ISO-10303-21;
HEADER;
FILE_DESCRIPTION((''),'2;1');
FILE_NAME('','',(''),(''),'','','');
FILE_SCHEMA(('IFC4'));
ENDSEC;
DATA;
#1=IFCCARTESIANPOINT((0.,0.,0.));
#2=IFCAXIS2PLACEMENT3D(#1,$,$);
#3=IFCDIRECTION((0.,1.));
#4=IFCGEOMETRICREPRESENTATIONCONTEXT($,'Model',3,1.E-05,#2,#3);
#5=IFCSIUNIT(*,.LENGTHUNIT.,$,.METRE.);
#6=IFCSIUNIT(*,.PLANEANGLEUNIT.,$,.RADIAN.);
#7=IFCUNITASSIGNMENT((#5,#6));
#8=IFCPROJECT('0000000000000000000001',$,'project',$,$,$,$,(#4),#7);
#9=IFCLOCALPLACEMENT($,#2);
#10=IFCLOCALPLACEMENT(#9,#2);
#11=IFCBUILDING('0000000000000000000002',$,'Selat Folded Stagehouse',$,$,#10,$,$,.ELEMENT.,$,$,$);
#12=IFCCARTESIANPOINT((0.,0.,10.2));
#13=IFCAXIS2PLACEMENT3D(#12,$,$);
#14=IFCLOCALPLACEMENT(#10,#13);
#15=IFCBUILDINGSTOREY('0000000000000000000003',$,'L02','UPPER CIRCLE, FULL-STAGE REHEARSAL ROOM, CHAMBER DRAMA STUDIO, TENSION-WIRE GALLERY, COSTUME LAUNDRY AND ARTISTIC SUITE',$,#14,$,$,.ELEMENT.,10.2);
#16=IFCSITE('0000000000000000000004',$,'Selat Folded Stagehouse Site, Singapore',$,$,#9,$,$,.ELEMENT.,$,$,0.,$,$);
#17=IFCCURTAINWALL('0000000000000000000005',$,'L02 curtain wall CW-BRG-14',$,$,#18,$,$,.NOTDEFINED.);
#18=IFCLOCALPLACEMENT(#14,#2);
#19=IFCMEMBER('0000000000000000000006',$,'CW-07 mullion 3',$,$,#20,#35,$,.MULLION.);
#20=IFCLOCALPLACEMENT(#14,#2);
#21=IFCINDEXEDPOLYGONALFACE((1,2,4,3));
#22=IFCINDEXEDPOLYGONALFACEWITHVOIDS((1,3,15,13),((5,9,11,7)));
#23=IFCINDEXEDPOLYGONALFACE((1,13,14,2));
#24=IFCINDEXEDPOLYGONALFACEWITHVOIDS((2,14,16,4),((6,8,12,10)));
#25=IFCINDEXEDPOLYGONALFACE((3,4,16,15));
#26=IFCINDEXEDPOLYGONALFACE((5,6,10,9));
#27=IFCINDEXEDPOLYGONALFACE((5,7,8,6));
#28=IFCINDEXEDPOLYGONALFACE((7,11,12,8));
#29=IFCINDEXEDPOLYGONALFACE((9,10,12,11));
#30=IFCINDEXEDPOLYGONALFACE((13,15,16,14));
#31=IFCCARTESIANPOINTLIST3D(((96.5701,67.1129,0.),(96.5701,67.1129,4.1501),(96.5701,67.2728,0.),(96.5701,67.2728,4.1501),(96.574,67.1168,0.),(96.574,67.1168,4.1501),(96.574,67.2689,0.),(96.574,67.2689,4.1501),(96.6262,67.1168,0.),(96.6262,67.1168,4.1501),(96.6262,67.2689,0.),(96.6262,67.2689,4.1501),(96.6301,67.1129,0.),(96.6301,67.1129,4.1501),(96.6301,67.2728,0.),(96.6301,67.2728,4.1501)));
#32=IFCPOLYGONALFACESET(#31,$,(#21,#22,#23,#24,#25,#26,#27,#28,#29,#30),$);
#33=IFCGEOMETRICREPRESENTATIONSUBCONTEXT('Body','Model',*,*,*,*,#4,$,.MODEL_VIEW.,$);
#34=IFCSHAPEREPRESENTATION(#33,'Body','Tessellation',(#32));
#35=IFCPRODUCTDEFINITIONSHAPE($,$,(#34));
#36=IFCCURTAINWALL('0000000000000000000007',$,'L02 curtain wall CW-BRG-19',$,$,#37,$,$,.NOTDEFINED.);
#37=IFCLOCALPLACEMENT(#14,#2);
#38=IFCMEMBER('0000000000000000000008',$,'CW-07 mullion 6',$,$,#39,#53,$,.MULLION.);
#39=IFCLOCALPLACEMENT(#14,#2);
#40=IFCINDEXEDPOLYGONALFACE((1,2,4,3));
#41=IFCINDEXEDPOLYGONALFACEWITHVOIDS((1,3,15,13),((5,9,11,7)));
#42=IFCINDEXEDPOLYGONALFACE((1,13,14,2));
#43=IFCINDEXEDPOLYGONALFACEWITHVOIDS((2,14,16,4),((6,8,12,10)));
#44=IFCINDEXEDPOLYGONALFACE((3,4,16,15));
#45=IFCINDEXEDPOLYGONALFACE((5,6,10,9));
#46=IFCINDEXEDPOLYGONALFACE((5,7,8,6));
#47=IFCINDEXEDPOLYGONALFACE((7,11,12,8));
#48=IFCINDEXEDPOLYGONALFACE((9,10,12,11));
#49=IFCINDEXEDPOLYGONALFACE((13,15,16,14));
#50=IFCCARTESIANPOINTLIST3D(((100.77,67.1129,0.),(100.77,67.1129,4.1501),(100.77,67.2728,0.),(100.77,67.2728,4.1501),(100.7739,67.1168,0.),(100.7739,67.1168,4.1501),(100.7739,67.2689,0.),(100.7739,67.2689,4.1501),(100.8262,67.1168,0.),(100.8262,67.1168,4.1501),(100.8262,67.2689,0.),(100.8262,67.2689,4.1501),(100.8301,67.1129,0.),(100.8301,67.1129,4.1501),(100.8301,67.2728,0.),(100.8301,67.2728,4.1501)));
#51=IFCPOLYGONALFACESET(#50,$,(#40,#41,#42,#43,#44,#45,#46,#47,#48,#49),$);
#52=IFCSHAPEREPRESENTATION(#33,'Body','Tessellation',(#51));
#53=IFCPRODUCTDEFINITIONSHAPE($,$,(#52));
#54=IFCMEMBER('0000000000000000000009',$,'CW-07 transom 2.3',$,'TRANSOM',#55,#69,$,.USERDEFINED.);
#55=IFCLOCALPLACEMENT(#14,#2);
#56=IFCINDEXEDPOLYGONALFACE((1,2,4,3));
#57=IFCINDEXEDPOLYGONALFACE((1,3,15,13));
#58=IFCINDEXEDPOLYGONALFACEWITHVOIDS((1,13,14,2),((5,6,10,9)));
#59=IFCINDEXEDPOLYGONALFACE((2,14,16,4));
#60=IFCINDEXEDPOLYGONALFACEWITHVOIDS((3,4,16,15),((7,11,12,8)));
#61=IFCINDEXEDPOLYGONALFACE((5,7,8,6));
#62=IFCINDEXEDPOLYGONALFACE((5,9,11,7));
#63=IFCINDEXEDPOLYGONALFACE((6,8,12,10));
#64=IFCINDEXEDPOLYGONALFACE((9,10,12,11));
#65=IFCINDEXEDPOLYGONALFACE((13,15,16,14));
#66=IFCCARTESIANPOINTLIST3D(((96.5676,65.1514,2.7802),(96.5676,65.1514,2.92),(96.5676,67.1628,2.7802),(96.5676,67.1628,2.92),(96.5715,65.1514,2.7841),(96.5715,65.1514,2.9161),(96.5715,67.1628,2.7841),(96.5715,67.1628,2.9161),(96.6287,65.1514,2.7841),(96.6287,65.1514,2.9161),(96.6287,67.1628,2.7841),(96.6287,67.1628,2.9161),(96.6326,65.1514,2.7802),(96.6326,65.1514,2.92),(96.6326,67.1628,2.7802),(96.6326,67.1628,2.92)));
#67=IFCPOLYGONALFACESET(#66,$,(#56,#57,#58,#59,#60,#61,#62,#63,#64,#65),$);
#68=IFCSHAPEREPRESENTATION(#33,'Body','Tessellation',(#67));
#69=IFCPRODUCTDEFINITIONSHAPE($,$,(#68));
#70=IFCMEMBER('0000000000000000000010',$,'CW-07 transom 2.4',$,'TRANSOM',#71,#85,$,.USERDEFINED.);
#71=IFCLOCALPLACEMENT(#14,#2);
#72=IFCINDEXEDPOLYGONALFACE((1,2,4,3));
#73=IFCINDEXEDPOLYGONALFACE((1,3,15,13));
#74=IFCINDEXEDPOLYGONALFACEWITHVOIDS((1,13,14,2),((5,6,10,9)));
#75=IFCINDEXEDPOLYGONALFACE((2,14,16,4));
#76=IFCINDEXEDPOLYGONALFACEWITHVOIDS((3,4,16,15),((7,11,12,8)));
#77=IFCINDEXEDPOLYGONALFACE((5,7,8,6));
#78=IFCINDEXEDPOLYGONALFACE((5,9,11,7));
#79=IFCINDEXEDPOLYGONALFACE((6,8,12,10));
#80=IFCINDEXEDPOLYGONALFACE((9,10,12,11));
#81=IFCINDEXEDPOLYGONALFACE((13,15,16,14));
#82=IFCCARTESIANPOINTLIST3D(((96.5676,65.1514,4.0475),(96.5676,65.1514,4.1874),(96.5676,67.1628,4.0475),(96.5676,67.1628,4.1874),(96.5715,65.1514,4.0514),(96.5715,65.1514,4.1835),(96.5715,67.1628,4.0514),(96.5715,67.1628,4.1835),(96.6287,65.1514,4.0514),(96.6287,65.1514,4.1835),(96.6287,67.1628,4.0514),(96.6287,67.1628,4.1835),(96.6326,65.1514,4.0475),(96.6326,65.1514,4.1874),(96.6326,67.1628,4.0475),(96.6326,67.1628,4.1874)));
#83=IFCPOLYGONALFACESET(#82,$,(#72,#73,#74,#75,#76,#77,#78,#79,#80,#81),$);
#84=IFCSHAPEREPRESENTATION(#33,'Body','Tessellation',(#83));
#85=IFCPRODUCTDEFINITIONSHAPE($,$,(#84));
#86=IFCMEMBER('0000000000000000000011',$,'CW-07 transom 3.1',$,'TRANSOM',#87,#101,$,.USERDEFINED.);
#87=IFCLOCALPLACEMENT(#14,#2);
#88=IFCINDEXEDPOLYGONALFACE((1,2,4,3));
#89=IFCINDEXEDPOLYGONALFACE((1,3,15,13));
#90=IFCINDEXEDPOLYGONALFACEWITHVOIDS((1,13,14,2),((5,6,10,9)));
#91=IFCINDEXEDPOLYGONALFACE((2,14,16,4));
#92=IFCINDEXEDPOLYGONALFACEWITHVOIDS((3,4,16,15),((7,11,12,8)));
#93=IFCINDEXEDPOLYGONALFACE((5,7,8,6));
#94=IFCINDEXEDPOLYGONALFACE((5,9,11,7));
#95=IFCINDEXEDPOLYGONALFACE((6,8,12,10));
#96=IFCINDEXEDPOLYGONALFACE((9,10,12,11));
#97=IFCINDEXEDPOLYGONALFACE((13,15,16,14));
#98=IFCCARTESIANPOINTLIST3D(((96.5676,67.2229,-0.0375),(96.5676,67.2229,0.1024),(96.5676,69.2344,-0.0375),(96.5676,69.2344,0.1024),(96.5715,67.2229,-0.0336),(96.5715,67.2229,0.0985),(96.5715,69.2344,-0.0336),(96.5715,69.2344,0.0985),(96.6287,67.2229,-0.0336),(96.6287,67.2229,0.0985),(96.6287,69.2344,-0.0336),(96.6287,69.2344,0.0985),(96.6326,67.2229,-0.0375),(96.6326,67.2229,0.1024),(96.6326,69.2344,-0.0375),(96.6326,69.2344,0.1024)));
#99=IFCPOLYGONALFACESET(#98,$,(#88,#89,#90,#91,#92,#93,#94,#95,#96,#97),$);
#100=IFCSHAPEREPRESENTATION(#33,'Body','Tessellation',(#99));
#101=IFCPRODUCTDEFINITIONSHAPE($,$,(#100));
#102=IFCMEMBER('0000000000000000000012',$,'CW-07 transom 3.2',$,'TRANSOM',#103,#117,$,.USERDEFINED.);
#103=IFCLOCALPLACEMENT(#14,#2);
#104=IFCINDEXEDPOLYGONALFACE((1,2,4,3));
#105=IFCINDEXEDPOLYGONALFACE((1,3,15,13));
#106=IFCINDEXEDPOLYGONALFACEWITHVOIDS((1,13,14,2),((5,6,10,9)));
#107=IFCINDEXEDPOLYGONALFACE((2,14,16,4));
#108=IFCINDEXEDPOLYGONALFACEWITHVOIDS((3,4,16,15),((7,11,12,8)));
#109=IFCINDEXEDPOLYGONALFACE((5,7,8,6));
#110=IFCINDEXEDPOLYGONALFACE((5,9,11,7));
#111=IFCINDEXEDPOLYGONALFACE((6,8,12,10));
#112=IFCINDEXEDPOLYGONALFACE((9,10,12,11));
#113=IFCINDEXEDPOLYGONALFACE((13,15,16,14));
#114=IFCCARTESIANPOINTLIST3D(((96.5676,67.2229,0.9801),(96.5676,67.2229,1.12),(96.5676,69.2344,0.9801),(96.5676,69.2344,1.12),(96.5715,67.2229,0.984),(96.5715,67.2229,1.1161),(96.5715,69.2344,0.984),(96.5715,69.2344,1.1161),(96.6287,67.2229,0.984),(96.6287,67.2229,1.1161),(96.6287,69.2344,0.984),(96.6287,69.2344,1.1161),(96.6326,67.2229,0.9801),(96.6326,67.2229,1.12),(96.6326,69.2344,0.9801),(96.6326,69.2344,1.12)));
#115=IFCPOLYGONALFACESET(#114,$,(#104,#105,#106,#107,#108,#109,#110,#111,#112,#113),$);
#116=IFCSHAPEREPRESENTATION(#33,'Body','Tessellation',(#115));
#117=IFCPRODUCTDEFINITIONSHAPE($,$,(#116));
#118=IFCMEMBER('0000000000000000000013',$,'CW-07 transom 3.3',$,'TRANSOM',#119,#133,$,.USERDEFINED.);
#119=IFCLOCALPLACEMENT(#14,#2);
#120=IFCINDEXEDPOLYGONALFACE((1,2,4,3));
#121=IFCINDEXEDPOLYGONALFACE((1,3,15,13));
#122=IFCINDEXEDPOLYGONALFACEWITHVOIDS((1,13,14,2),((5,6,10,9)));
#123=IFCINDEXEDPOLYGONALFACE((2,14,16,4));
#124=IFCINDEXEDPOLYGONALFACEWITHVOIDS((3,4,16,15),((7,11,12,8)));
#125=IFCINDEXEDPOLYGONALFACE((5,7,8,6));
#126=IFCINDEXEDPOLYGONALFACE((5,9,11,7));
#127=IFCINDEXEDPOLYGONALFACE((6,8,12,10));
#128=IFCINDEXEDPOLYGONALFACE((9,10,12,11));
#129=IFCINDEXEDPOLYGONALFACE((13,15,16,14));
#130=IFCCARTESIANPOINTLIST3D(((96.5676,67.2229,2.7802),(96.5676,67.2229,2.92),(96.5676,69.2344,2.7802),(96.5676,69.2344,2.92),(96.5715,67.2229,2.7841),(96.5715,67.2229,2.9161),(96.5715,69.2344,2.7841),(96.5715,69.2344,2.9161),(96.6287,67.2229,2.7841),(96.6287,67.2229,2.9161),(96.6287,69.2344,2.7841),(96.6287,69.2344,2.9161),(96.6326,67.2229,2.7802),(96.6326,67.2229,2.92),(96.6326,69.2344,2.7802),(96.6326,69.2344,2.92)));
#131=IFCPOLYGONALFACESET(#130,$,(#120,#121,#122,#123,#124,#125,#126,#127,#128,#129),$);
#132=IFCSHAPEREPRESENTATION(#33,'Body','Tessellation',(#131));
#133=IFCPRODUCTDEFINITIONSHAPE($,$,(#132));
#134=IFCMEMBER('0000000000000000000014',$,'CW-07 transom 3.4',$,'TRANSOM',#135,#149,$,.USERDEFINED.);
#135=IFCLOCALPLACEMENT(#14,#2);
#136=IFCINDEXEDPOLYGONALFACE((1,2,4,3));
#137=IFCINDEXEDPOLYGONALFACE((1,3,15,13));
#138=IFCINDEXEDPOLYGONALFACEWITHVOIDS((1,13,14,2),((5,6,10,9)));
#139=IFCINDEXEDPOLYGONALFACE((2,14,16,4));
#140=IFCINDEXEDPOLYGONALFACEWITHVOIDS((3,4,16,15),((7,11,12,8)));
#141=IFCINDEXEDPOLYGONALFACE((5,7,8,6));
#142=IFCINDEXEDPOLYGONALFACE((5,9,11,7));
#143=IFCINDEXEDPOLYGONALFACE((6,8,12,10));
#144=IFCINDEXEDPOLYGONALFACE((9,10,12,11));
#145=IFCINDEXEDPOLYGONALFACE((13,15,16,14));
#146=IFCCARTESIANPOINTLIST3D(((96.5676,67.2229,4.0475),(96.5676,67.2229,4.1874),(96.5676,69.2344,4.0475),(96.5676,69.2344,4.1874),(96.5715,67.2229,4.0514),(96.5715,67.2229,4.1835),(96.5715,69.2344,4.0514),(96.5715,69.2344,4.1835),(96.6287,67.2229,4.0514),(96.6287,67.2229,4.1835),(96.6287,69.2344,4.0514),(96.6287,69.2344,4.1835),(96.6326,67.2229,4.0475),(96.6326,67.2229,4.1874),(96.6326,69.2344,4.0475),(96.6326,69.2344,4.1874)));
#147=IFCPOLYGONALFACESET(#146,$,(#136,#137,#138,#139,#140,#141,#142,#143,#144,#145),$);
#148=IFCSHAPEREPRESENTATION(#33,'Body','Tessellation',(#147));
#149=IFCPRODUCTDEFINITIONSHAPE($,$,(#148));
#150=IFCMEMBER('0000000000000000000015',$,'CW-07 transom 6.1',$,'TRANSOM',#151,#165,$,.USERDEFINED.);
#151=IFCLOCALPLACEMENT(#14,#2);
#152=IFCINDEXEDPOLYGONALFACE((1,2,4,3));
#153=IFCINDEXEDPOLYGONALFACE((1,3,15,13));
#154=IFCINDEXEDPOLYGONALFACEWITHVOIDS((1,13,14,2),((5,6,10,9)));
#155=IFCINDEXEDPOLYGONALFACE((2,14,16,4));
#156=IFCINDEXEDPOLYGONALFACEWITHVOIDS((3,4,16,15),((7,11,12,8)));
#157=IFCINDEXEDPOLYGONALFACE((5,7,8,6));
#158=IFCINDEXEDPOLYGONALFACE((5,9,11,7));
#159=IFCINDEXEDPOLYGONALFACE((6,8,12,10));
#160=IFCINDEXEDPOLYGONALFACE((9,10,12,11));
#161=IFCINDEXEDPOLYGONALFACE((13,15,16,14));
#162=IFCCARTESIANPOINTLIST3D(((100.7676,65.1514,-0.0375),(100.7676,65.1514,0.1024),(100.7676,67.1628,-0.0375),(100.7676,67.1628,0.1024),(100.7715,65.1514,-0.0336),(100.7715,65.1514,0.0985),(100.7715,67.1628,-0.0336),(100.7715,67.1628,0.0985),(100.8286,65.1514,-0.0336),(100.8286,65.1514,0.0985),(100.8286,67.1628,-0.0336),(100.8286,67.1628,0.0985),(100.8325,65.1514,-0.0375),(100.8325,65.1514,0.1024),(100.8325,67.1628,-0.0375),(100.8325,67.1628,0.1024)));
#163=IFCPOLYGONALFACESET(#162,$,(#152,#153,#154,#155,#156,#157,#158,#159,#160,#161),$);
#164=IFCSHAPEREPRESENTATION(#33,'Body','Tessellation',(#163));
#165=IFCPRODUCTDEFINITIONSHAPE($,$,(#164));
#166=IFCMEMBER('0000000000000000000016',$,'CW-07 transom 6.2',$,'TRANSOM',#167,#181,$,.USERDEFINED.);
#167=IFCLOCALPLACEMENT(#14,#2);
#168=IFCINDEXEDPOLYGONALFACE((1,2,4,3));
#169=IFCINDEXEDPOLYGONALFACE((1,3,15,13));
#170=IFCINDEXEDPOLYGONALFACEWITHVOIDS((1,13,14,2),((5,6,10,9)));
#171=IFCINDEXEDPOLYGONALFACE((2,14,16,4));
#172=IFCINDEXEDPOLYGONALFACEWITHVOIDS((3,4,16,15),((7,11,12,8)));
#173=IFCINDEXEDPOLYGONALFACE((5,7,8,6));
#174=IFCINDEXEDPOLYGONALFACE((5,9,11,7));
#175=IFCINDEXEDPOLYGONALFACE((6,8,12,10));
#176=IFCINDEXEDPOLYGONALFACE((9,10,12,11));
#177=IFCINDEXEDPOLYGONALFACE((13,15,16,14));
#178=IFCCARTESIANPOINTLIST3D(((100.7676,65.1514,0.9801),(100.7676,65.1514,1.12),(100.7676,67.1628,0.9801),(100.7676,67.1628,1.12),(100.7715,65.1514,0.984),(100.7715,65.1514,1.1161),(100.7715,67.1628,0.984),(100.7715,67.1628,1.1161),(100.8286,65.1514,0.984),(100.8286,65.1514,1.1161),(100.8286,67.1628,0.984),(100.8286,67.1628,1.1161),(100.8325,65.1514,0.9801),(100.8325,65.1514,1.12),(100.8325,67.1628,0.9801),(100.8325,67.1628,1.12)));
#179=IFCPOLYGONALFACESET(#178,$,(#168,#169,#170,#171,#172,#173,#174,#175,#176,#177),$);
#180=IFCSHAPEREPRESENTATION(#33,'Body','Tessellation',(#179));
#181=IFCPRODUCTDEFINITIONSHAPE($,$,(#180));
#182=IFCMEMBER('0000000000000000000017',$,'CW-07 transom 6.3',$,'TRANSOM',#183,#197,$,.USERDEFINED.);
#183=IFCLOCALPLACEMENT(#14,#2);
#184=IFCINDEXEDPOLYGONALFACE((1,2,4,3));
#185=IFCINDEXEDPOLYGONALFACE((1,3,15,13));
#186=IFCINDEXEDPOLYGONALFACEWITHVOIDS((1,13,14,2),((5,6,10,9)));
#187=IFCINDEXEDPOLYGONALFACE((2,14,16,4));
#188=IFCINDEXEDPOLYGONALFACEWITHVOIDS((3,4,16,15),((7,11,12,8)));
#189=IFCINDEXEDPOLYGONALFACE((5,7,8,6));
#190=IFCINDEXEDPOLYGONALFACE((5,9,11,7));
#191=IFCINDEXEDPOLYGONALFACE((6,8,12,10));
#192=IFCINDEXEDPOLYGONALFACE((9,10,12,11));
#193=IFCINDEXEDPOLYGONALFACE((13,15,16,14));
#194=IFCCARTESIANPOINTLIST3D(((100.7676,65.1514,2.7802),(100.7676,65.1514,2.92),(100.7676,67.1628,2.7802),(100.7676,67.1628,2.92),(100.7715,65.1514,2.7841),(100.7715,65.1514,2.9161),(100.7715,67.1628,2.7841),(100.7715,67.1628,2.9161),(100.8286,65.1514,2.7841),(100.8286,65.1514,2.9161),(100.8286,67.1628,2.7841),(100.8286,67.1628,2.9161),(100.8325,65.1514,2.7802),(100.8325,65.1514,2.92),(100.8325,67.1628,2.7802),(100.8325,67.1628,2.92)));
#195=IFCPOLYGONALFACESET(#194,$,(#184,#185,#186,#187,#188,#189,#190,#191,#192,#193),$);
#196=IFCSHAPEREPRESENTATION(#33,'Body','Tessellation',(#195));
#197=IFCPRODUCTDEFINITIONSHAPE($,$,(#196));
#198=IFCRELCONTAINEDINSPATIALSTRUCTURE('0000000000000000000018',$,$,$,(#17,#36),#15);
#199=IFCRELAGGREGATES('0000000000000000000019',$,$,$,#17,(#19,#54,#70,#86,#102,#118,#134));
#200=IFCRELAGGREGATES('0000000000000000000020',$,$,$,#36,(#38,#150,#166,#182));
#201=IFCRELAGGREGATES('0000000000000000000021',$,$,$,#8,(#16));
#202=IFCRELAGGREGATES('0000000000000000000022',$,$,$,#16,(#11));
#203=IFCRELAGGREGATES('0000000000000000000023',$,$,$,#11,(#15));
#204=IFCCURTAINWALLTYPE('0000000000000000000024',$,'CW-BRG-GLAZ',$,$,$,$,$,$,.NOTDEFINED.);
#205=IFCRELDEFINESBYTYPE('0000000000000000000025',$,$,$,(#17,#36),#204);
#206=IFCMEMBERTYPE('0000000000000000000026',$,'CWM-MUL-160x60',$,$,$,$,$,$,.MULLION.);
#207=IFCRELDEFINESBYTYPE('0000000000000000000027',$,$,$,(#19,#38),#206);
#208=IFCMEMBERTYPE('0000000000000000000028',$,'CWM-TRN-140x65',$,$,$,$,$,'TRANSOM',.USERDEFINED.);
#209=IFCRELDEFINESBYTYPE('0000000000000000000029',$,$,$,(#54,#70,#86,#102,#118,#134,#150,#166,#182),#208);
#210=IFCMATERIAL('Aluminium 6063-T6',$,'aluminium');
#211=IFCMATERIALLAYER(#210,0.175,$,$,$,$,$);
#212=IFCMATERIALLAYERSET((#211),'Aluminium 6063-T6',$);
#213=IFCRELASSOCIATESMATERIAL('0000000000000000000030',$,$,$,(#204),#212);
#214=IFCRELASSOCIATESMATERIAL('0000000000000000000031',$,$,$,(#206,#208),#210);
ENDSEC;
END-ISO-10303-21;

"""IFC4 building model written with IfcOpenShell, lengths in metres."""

from ifc_helpers import new_model, si_unit, direction, frame, origin, origin_2d, place, context, subcontext, project, spatial, hollow_rectangle, extrude, material, layer, layer_set, material_profile, profile_set, type_object, element, aggregate, save


model = new_model("IFC4")

# Units and contexts
model_context = context("Model", 3, precision=1e-05, world=origin(), true_north=direction((0.0, 1.0)))
body_context = subcontext(model_context, "Body", "Model", "MODEL_VIEW")
ifc_project = project(units=[si_unit("LENGTHUNIT", "METRE"), si_unit("PLANEANGLEUNIT", "RADIAN")], contexts=[model_context])

# Site, building, storey
site_placement = place(None, origin())
site = spatial("IfcSite", under=ifc_project, at=site_placement, Name="Selat Folded Stagehouse Site, Singapore", CompositionType="ELEMENT", RefElevation=0.0)
building_placement = place(site_placement, origin())
building = spatial("IfcBuilding", under=site, at=building_placement, Name="Selat Folded Stagehouse", CompositionType="ELEMENT")
storey_placement = place(building_placement, frame((0.0, 0.0, 10.2)))
storey = spatial("IfcBuildingStorey", under=building, at=storey_placement, Name="L02", Description="UPPER CIRCLE, FULL-STAGE REHEARSAL ROOM, CHAMBER DRAMA STUDIO, TENSION-WIRE GALLERY, COSTUME LAUNDRY AND ARTISTIC SUITE", CompositionType="ELEMENT", Elevation=10.2)

# Curtain walls, members
ifc_material_1 = material(Name="Aluminium 6063-T6", Category="aluminium")
ifc_layer_1 = layer(ifc_material_1, 0.175)
ifc_layer_set_1 = layer_set([ifc_layer_1], Name="Aluminium 6063-T6")
curtain_wall_type = type_object("IfcCurtainWallType", Name="CW-BRG-GLAZ", PredefinedType="NOTDEFINED", material=ifc_layer_set_1)
curtain_wall_1_placement = place(storey_placement, origin())
curtain_wall_1 = element("IfcCurtainWall", 1, at=curtain_wall_1_placement, inside=storey, type_object=curtain_wall_type, Name="L02 curtain wall CW-BRG-14", PredefinedType="NOTDEFINED")
ifc_material_profile_1 = material_profile(ifc_material_1, hollow_rectangle(XDim=0.0601, YDim=0.1599, WallThickness=0.0039, at=origin_2d()), Name="ALU 160x60x4.0")
ifc_profile_set_1 = profile_set([ifc_material_profile_1], Name="Aluminium 6063-T6")
member_type_1 = type_object("IfcMemberType", Name="CWM-MUL-160x60", PredefinedType="MULLION", material=ifc_profile_set_1)
member_1_placement = place(storey_placement, frame((96.6001, 67.1929, 0.0), z_axis=(0.0, 0.0, 1.0), x_axis=(-1.0, 0.0, 0.0)))
member_1 = element("IfcMember", 2, at=member_1_placement, type_object=member_type_1, Name="CW-07 mullion 3", PredefinedType="MULLION", context=body_context, shape_type="SweptSolid", body=[
    extrude(hollow_rectangle(XDim=0.0601, YDim=0.1599, WallThickness=0.0039, at=origin_2d()), origin(), (0.0, 0.0, 1.0), 4.1501),
])
curtain_wall_2_placement = place(storey_placement, origin())
curtain_wall_2 = element("IfcCurtainWall", 3, at=curtain_wall_2_placement, inside=storey, type_object=curtain_wall_type, Name="L02 curtain wall CW-BRG-19", PredefinedType="NOTDEFINED")
member_2_placement = place(storey_placement, frame((100.8, 67.1929, 0.0), z_axis=(0.0, 0.0, 1.0), x_axis=(1.0, 0.0, 0.0)))
member_2 = element("IfcMember", 4, at=member_2_placement, type_object=member_type_1, Name="CW-07 mullion 6", PredefinedType="MULLION", context=body_context, shape_type="SweptSolid", body=[
    extrude(hollow_rectangle(XDim=0.0601, YDim=0.1599, WallThickness=0.0039, at=origin_2d()), origin(), (0.0, 0.0, 1.0), 4.1501),
])

# Members
ifc_material_profile_2 = material_profile(ifc_material_1, hollow_rectangle(XDim=0.0649, YDim=0.1399, WallThickness=0.0039, at=origin_2d()), Name="ALU 140x65x4.0")
ifc_profile_set_2 = profile_set([ifc_material_profile_2], Name="Aluminium 6063-T6")
member_type_2 = type_object("IfcMemberType", Name="CWM-TRN-140x65", ElementType="TRANSOM", PredefinedType="USERDEFINED", material=ifc_profile_set_2)
member_3_placement = place(storey_placement, frame((96.6001, 65.1514, 2.8501), z_axis=(0.0, 1.0, 0.0), x_axis=(-1.0, 0.0, 0.0)))
member_3 = element("IfcMember", 5, at=member_3_placement, type_object=member_type_2, Name="CW-07 transom 2.3", ObjectType="TRANSOM", PredefinedType="USERDEFINED", context=body_context, shape_type="SweptSolid", body=[
    extrude(hollow_rectangle(XDim=0.0649, YDim=0.1399, WallThickness=0.0039, at=origin_2d()), origin(), (0.0, 0.0, 1.0), 2.0115),
])
member_4_placement = place(storey_placement, frame((96.6001, 65.1514, 4.1174), z_axis=(0.0, 1.0, 0.0), x_axis=(-1.0, 0.0, 0.0)))
member_4 = element("IfcMember", 6, at=member_4_placement, type_object=member_type_2, Name="CW-07 transom 2.4", ObjectType="TRANSOM", PredefinedType="USERDEFINED", context=body_context, shape_type="SweptSolid", body=[
    extrude(hollow_rectangle(XDim=0.0649, YDim=0.1399, WallThickness=0.0039, at=origin_2d()), origin(), (0.0, 0.0, 1.0), 2.0115),
])
member_5_placement = place(storey_placement, frame((96.6001, 67.2229, 0.0325), z_axis=(0.0, 1.0, 0.0), x_axis=(-1.0, 0.0, 0.0)))
member_5 = element("IfcMember", 7, at=member_5_placement, type_object=member_type_2, Name="CW-07 transom 3.1", ObjectType="TRANSOM", PredefinedType="USERDEFINED", context=body_context, shape_type="SweptSolid", body=[
    extrude(hollow_rectangle(XDim=0.0649, YDim=0.1399, WallThickness=0.0039, at=origin_2d()), origin(), (0.0, 0.0, 1.0), 2.0115),
])
member_6_placement = place(storey_placement, frame((96.6001, 67.2229, 1.05), z_axis=(0.0, 1.0, 0.0), x_axis=(-1.0, 0.0, 0.0)))
member_6 = element("IfcMember", 8, at=member_6_placement, type_object=member_type_2, Name="CW-07 transom 3.2", ObjectType="TRANSOM", PredefinedType="USERDEFINED", context=body_context, shape_type="SweptSolid", body=[
    extrude(hollow_rectangle(XDim=0.0649, YDim=0.1399, WallThickness=0.0039, at=origin_2d()), origin(), (0.0, 0.0, 1.0), 2.0115),
])
member_7_placement = place(storey_placement, frame((96.6001, 67.2229, 2.8501), z_axis=(0.0, 1.0, 0.0), x_axis=(-1.0, 0.0, 0.0)))
member_7 = element("IfcMember", 9, at=member_7_placement, type_object=member_type_2, Name="CW-07 transom 3.3", ObjectType="TRANSOM", PredefinedType="USERDEFINED", context=body_context, shape_type="SweptSolid", body=[
    extrude(hollow_rectangle(XDim=0.0649, YDim=0.1399, WallThickness=0.0039, at=origin_2d()), origin(), (0.0, 0.0, 1.0), 2.0115),
])
member_8_placement = place(storey_placement, frame((96.6001, 67.2229, 4.1174), z_axis=(0.0, 1.0, 0.0), x_axis=(-1.0, 0.0, 0.0)))
member_8 = element("IfcMember", 10, at=member_8_placement, type_object=member_type_2, Name="CW-07 transom 3.4", ObjectType="TRANSOM", PredefinedType="USERDEFINED", context=body_context, shape_type="SweptSolid", body=[
    extrude(hollow_rectangle(XDim=0.0649, YDim=0.1399, WallThickness=0.0039, at=origin_2d()), origin(), (0.0, 0.0, 1.0), 2.0115),
])
member_9_placement = place(storey_placement, frame((100.8, 67.1628, 0.0325), z_axis=(0.0, -1.0, 0.0), x_axis=(1.0, 0.0, 0.0)))
member_9 = element("IfcMember", 11, at=member_9_placement, type_object=member_type_2, Name="CW-07 transom 6.1", ObjectType="TRANSOM", PredefinedType="USERDEFINED", context=body_context, shape_type="SweptSolid", body=[
    extrude(hollow_rectangle(XDim=0.0649, YDim=0.1399, WallThickness=0.0039, at=origin_2d()), origin(), (0.0, 0.0, 1.0), 2.0115),
])
member_10_placement = place(storey_placement, frame((100.8, 67.1628, 1.05), z_axis=(0.0, -1.0, 0.0), x_axis=(1.0, 0.0, 0.0)))
member_10 = element("IfcMember", 12, at=member_10_placement, type_object=member_type_2, Name="CW-07 transom 6.2", ObjectType="TRANSOM", PredefinedType="USERDEFINED", context=body_context, shape_type="SweptSolid", body=[
    extrude(hollow_rectangle(XDim=0.0649, YDim=0.1399, WallThickness=0.0039, at=origin_2d()), origin(), (0.0, 0.0, 1.0), 2.0115),
])
member_11_placement = place(storey_placement, frame((100.8, 67.1628, 2.8501), z_axis=(0.0, -1.0, 0.0), x_axis=(1.0, 0.0, 0.0)))
member_11 = element("IfcMember", 13, at=member_11_placement, type_object=member_type_2, Name="CW-07 transom 6.3", ObjectType="TRANSOM", PredefinedType="USERDEFINED", context=body_context, shape_type="SweptSolid", body=[
    extrude(hollow_rectangle(XDim=0.0649, YDim=0.1399, WallThickness=0.0039, at=origin_2d()), origin(), (0.0, 0.0, 1.0), 2.0115),
])

aggregate(curtain_wall_1, [member_1, member_3, member_4, member_5, member_6, member_7, member_8])
aggregate(curtain_wall_2, [member_2, member_9, member_10, member_11])

save(model, "model.ifc")
